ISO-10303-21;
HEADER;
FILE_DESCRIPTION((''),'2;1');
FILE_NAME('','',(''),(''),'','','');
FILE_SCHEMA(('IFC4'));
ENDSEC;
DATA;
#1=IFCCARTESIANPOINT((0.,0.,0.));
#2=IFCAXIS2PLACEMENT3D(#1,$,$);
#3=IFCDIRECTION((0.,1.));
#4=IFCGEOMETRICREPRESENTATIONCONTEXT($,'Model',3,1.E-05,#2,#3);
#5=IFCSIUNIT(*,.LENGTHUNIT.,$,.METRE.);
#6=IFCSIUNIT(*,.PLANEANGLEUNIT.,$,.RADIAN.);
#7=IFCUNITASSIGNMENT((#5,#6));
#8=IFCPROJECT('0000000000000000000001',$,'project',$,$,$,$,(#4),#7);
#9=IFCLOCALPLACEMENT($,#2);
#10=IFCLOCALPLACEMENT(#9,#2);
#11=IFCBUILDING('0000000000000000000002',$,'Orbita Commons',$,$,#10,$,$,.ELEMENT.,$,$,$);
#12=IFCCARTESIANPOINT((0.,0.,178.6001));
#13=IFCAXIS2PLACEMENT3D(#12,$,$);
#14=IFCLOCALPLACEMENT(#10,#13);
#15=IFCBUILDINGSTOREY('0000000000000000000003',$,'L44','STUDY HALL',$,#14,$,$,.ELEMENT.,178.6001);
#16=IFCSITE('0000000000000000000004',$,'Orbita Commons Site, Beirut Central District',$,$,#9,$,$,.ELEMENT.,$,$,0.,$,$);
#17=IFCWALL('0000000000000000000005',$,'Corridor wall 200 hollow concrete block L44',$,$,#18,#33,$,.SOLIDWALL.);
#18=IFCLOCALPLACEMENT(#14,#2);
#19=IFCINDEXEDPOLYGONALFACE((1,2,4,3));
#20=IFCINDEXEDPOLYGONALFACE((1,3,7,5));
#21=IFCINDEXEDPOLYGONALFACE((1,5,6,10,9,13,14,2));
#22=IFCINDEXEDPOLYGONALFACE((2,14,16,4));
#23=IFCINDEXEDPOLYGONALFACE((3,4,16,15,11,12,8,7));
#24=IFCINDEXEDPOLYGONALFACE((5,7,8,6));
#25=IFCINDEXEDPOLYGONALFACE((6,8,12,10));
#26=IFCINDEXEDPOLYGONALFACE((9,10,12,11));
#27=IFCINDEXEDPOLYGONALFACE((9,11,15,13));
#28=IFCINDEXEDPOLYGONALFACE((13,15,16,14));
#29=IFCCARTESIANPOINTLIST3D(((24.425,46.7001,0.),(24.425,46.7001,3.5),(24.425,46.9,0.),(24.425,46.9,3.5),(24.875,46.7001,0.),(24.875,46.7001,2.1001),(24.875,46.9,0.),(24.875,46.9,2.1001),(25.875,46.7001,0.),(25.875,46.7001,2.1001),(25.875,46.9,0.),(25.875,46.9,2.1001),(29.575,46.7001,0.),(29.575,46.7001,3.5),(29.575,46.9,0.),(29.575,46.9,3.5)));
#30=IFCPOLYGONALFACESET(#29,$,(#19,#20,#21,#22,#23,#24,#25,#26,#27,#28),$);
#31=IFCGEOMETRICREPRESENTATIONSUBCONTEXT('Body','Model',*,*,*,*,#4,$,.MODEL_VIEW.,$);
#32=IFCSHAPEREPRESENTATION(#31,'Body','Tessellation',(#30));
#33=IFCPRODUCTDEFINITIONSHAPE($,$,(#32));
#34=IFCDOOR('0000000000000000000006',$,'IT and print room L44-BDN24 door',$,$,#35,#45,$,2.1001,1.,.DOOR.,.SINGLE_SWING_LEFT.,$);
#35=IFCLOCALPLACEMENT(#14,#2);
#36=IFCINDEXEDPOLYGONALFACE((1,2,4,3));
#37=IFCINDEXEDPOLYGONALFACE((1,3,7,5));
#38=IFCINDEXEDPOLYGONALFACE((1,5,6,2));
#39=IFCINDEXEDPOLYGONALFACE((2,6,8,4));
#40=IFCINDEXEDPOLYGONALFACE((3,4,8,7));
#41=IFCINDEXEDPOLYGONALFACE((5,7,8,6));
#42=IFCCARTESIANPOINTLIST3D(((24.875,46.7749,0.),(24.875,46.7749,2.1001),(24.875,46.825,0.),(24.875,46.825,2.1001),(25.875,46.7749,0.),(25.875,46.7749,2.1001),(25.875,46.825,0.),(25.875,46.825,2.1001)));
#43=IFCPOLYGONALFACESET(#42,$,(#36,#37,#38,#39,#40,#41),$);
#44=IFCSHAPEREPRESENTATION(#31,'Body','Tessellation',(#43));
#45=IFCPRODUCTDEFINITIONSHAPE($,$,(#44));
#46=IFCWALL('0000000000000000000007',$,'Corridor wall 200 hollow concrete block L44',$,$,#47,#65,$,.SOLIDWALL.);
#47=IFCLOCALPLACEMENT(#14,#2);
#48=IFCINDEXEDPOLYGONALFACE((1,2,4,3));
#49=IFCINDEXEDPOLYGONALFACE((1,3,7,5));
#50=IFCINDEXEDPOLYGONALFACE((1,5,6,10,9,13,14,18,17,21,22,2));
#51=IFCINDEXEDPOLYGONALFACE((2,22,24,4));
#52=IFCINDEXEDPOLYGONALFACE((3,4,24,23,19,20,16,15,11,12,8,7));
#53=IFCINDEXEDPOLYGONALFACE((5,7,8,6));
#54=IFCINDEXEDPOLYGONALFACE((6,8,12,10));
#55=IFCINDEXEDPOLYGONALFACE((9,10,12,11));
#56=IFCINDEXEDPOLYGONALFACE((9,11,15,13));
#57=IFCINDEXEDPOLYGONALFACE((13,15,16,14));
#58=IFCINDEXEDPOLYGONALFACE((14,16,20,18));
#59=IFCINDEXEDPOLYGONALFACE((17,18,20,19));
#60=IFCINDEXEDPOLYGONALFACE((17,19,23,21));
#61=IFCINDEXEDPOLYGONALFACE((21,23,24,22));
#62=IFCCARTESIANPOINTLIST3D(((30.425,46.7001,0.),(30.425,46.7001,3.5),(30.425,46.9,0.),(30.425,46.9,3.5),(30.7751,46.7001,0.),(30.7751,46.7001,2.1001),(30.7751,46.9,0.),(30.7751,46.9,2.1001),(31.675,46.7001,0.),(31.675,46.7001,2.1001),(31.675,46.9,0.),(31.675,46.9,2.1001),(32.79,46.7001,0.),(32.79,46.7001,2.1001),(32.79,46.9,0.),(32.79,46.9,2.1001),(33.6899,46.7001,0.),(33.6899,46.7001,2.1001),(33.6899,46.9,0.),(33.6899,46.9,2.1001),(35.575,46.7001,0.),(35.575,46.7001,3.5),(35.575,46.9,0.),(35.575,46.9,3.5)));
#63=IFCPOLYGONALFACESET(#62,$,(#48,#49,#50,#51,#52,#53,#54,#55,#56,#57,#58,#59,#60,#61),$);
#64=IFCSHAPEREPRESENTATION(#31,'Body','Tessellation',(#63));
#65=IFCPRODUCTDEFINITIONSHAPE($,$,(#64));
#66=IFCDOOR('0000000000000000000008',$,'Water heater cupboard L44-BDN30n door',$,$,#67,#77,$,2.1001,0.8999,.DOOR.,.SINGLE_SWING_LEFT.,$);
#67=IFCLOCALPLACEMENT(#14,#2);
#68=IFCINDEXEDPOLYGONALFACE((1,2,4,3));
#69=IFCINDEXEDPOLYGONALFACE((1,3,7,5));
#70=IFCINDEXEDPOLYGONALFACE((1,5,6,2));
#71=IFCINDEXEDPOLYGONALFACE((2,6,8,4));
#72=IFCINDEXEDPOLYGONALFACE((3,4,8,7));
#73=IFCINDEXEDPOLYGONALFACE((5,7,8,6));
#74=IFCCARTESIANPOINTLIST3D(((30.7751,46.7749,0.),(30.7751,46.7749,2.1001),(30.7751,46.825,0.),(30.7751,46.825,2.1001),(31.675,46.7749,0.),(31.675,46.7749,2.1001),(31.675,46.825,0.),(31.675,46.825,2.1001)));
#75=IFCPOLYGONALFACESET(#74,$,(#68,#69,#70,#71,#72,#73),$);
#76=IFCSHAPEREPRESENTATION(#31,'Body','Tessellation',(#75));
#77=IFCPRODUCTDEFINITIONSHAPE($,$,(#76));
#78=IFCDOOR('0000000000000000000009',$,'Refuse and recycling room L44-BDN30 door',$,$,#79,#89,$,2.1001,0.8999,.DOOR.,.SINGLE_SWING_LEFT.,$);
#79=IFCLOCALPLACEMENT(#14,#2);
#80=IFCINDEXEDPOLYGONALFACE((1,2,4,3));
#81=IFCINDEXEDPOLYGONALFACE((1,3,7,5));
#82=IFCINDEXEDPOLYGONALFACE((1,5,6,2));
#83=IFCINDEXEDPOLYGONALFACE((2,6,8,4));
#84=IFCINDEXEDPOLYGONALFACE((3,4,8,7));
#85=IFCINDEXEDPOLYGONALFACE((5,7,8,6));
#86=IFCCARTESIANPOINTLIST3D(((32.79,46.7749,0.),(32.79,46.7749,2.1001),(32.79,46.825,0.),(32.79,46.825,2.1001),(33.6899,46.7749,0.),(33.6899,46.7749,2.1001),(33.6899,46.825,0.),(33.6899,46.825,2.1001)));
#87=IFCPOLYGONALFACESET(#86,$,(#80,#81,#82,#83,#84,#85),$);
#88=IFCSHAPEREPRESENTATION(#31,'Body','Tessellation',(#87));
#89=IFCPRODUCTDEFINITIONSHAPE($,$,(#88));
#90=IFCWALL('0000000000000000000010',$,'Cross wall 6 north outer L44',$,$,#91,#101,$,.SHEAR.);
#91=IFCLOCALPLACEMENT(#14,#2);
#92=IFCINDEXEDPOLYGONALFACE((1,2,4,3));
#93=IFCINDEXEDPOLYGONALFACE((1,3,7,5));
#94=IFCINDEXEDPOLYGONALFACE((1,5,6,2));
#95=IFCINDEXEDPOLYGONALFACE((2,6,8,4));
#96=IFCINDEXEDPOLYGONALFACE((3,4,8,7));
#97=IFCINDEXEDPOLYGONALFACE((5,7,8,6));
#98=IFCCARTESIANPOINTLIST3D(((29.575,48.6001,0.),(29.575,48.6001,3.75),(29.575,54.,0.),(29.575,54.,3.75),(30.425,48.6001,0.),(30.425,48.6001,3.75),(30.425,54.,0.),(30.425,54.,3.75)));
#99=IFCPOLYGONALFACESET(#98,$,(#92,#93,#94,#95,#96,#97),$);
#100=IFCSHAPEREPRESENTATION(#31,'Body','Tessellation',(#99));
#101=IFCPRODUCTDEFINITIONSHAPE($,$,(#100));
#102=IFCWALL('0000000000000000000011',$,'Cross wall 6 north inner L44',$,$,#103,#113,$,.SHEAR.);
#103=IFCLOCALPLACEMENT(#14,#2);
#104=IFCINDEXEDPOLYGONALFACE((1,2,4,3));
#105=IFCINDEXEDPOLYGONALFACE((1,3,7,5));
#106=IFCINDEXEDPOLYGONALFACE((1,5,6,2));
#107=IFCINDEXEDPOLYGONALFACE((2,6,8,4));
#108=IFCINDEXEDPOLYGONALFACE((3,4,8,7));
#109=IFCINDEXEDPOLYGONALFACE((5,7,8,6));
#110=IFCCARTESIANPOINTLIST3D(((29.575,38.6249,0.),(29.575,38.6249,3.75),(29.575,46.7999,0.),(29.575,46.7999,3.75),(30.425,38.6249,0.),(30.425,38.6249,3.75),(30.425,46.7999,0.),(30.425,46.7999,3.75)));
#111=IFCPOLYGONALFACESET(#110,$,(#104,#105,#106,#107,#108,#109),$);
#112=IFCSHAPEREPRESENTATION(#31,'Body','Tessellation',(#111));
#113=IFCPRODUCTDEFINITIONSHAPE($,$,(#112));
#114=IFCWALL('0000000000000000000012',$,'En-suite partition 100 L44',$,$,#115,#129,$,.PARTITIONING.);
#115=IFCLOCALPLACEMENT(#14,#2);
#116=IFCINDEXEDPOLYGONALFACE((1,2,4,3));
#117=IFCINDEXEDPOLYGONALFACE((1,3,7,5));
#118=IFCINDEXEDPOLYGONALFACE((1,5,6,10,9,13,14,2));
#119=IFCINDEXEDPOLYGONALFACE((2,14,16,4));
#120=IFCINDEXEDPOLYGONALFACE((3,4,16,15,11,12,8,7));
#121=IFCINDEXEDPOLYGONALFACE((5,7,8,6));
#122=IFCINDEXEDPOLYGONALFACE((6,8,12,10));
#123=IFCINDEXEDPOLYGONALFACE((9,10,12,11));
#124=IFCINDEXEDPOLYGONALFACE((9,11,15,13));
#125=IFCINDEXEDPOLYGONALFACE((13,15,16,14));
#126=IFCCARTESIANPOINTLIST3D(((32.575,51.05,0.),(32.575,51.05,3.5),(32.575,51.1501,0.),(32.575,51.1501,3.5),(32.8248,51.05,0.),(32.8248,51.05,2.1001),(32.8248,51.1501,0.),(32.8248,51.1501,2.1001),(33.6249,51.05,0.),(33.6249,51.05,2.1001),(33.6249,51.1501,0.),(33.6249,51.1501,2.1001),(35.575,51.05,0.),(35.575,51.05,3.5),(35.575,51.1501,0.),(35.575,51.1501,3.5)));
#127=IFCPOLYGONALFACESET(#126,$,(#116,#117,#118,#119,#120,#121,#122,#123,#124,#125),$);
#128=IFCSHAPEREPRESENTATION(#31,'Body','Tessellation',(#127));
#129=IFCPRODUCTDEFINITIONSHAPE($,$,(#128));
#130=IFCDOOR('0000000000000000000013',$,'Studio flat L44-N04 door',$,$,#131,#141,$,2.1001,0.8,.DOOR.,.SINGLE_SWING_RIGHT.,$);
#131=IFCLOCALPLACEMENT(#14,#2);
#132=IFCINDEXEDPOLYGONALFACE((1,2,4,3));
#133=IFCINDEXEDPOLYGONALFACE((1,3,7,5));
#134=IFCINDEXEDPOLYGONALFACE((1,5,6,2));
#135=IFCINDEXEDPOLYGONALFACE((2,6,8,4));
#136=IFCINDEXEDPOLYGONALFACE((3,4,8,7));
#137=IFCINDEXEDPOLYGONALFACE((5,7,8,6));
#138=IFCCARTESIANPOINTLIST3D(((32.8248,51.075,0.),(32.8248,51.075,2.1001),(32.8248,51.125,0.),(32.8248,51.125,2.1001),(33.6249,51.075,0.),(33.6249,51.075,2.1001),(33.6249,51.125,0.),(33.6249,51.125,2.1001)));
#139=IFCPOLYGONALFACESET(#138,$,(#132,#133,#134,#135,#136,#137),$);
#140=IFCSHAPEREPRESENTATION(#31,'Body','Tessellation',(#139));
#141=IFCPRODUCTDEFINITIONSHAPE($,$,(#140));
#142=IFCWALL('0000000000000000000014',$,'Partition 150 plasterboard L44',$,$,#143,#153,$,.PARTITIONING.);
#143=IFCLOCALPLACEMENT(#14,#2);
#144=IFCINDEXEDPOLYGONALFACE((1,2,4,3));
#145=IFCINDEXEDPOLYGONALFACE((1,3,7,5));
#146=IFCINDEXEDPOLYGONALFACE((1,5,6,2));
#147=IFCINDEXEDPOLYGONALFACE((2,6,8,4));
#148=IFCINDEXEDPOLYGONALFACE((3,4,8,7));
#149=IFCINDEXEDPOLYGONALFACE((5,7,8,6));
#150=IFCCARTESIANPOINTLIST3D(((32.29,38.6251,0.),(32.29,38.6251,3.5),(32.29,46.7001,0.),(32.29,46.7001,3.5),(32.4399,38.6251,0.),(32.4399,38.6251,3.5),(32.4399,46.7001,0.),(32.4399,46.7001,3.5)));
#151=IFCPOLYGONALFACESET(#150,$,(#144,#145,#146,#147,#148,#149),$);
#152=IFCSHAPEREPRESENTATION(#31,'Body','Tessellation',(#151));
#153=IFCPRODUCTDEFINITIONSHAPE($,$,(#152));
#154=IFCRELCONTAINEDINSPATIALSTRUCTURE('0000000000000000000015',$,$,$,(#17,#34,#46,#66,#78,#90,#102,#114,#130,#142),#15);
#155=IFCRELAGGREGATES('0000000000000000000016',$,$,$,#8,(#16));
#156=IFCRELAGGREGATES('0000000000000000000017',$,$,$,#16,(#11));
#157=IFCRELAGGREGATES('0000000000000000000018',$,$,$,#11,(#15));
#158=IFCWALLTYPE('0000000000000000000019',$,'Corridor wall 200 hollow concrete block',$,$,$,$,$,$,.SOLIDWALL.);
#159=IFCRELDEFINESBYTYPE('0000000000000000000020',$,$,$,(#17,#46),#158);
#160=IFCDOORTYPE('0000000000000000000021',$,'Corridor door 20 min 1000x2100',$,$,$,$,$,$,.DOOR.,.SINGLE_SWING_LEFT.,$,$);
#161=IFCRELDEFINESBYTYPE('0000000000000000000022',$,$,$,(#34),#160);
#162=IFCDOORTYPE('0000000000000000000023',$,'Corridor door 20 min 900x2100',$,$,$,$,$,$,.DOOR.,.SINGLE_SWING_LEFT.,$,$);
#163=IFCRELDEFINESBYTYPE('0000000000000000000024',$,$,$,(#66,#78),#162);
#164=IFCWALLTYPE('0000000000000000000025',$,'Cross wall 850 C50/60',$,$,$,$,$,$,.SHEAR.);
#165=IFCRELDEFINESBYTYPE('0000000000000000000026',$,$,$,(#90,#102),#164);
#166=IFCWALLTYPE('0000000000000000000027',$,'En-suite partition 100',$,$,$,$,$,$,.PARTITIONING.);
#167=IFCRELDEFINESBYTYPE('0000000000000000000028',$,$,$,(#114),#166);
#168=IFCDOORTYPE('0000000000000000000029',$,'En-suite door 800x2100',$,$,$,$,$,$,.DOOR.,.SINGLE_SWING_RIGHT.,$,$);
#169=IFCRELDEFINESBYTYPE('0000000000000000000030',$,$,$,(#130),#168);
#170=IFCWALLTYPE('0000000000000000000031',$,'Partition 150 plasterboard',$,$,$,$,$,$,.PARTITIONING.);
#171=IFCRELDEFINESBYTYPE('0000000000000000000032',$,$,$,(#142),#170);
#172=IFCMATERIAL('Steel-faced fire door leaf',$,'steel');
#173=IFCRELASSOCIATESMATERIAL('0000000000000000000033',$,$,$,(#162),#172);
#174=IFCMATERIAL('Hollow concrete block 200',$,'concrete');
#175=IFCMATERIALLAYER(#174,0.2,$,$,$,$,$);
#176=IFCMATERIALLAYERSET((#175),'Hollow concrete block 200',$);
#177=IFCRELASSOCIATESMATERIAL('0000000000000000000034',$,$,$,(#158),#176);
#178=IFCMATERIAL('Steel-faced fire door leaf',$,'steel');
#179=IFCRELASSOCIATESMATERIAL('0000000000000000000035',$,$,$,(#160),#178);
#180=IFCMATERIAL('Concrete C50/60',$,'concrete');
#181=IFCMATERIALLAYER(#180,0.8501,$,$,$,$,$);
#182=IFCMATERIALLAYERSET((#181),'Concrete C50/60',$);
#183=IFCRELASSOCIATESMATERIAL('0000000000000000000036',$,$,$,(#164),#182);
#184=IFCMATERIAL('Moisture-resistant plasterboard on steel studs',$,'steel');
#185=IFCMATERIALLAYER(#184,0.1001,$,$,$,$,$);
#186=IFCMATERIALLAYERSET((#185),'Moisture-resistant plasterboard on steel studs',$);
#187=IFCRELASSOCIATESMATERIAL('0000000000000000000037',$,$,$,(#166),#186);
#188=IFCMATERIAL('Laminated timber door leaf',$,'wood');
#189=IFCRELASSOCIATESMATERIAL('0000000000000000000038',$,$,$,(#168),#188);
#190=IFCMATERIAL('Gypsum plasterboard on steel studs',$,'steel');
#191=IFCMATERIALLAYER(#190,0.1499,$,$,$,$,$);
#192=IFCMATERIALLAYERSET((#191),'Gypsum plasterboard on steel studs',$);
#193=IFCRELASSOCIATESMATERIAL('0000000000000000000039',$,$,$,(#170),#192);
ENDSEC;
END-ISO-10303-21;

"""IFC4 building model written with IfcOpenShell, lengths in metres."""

from ifc_helpers import new_model, si_unit, direction, frame, frame_2d, origin, place, context, subcontext, project, spatial, rectangle, extrude, material, layer, layer_set, type_object, element, fill, save


model = new_model("IFC4")

# Units and contexts
model_context = context("Model", 3, precision=1e-05, world=origin(), true_north=direction((0.0, 1.0)))
body_context = subcontext(model_context, "Body", "Model", "MODEL_VIEW")
ifc_project = project(units=[si_unit("LENGTHUNIT", "METRE"), si_unit("PLANEANGLEUNIT", "RADIAN")], contexts=[model_context])

# Site, building, storey
site_placement = place(None, origin())
site = spatial("IfcSite", under=ifc_project, at=site_placement, Name="Orbita Commons Site, Beirut Central District", CompositionType="ELEMENT", RefElevation=0.0)
building_placement = place(site_placement, origin())
building = spatial("IfcBuilding", under=site, at=building_placement, Name="Orbita Commons", CompositionType="ELEMENT")
storey_placement = place(building_placement, frame((0.0, 0.0, 178.6001)))
storey = spatial("IfcBuildingStorey", under=building, at=storey_placement, Name="L44", Description="STUDY HALL", CompositionType="ELEMENT", Elevation=178.6001)

# Wall, opening, door
ifc_material_1 = material(Name="Steel-faced fire door leaf", Category="steel")
door_type_1 = type_object("IfcDoorType", Name="Corridor door 20 min 900x2100", OperationType="SINGLE_SWING_LEFT", PredefinedType="DOOR", material=ifc_material_1)
ifc_material_2 = material(Name="Hollow concrete block 200", Category="concrete")
ifc_layer_1 = layer(ifc_material_2, 0.2)
ifc_layer_set_1 = layer_set([ifc_layer_1], Name="Hollow concrete block 200")
wall_type_1 = type_object("IfcWallType", Name="Corridor wall 200 hollow concrete block", PredefinedType="SOLIDWALL", material=ifc_layer_set_1)
wall_1_placement = place(storey_placement, frame((24.425, 46.8, 0.0), z_axis=(0.0, 0.0, 1.0), x_axis=(1.0, 0.0, 0.0)))
wall_1 = element("IfcWall", 1, at=wall_1_placement, inside=storey, type_object=wall_type_1, Name="Corridor wall 200 hollow concrete block L44", PredefinedType="SOLIDWALL", context=body_context, shape_type="SweptSolid", body=[
    extrude(rectangle(XDim=5.1499, YDim=0.2, at=frame_2d((2.575, 0.0))), origin(), (0.0, 0.0, 1.0), 3.5),
])
opening_1_placement = place(wall_1_placement, frame((0.45, 0.0, 0.0)))
opening_1 = element("IfcOpeningElement", 2, at=opening_1_placement, cuts=wall_1, PredefinedType="OPENING", context=body_context, shape_type="SweptSolid", body=[
    extrude(rectangle(XDim=1.0, YDim=2.1001, at=frame_2d((0.5, 1.05))), frame((0.0, 0.1099, 0.0), z_axis=(0.0, -1.0, 0.0), x_axis=(1.0, 0.0, 0.0)), (0.0, 0.0, 1.0), 0.22),
])
ifc_material_3 = material(Name="Steel-faced fire door leaf", Category="steel")
door_type_2 = type_object("IfcDoorType", Name="Corridor door 20 min 1000x2100", OperationType="SINGLE_SWING_LEFT", PredefinedType="DOOR", material=ifc_material_3)
door_1_placement = place(opening_1_placement, origin())
door_1 = element("IfcDoor", 3, at=door_1_placement, inside=storey, type_object=door_type_2, Name="IT and print room L44-BDN24 door", OperationType="SINGLE_SWING_LEFT", OverallHeight=2.1001, OverallWidth=1.0, PredefinedType="DOOR", context=body_context, shape_type="SweptSolid", body=[
    extrude(rectangle(XDim=1.0, YDim=2.1001, at=frame_2d((0.5, 1.05))), frame((0.0, 0.0249, 0.0), z_axis=(0.0, -1.0, 0.0), x_axis=(1.0, 0.0, 0.0)), (0.0, 0.0, 1.0), 0.05),
])
fill(opening_1, door_1)

# Wall, openings, doors
wall_2_placement = place(storey_placement, frame((30.425, 46.8, 0.0), z_axis=(0.0, 0.0, 1.0), x_axis=(1.0, 0.0, 0.0)))
wall_2 = element("IfcWall", 4, at=wall_2_placement, inside=storey, type_object=wall_type_1, Name="Corridor wall 200 hollow concrete block L44", PredefinedType="SOLIDWALL", context=body_context, shape_type="SweptSolid", body=[
    extrude(rectangle(XDim=5.1499, YDim=0.2, at=frame_2d((2.575, 0.0))), origin(), (0.0, 0.0, 1.0), 3.5),
])
opening_2_placement = place(wall_2_placement, frame((0.3501, 0.0, 0.0)))
opening_2 = element("IfcOpeningElement", 5, at=opening_2_placement, cuts=wall_2, PredefinedType="OPENING", context=body_context, shape_type="SweptSolid", body=[
    extrude(rectangle(XDim=0.8999, YDim=2.1001, at=frame_2d((0.45, 1.05))), frame((0.0, 0.1099, 0.0), z_axis=(0.0, -1.0, 0.0), x_axis=(1.0, 0.0, 0.0)), (0.0, 0.0, 1.0), 0.22),
])
opening_3_placement = place(wall_2_placement, frame((2.365, 0.0, 0.0)))
opening_3 = element("IfcOpeningElement", 6, at=opening_3_placement, cuts=wall_2, PredefinedType="OPENING", context=body_context, shape_type="SweptSolid", body=[
    extrude(rectangle(XDim=0.8999, YDim=2.1001, at=frame_2d((0.45, 1.05))), frame((0.0, 0.1099, 0.0), z_axis=(0.0, -1.0, 0.0), x_axis=(1.0, 0.0, 0.0)), (0.0, 0.0, 1.0), 0.22),
])
door_2_placement = place(opening_2_placement, origin())
door_2 = element("IfcDoor", 7, at=door_2_placement, inside=storey, type_object=door_type_1, Name="Water heater cupboard L44-BDN30n door", OperationType="SINGLE_SWING_LEFT", OverallHeight=2.1001, OverallWidth=0.8999, PredefinedType="DOOR", context=body_context, shape_type="SweptSolid", body=[
    extrude(rectangle(XDim=0.8999, YDim=2.1001, at=frame_2d((0.45, 1.05))), frame((0.0, 0.0249, 0.0), z_axis=(0.0, -1.0, 0.0), x_axis=(1.0, 0.0, 0.0)), (0.0, 0.0, 1.0), 0.05),
])
fill(opening_2, door_2)
door_3_placement = place(opening_3_placement, origin())
door_3 = element("IfcDoor", 8, at=door_3_placement, inside=storey, type_object=door_type_1, Name="Refuse and recycling room L44-BDN30 door", OperationType="SINGLE_SWING_LEFT", OverallHeight=2.1001, OverallWidth=0.8999, PredefinedType="DOOR", context=body_context, shape_type="SweptSolid", body=[
    extrude(rectangle(XDim=0.8999, YDim=2.1001, at=frame_2d((0.45, 1.05))), frame((0.0, 0.0249, 0.0), z_axis=(0.0, -1.0, 0.0), x_axis=(1.0, 0.0, 0.0)), (0.0, 0.0, 1.0), 0.05),
])
fill(opening_3, door_3)

# Walls
ifc_material_4 = material(Name="Concrete C50/60", Category="concrete")
ifc_layer_2 = layer(ifc_material_4, 0.8501)
ifc_layer_set_2 = layer_set([ifc_layer_2], Name="Concrete C50/60")
wall_type_2 = type_object("IfcWallType", Name="Cross wall 850 C50/60", PredefinedType="SHEAR", material=ifc_layer_set_2)
wall_3_placement = place(storey_placement, frame((30.0, 48.6001, 0.0), z_axis=(0.0, 0.0, 1.0), x_axis=(0.0, 1.0, 0.0)))
element("IfcWall", 9, at=wall_3_placement, inside=storey, type_object=wall_type_2, Name="Cross wall 6 north outer L44", PredefinedType="SHEAR", context=body_context, shape_type="SweptSolid", body=[
    extrude(rectangle(XDim=5.3999, YDim=0.8501, at=frame_2d((2.7, 0.0))), origin(), (0.0, 0.0, 1.0), 3.75),
])
wall_4_placement = place(storey_placement, frame((30.0, 38.625, 0.0), z_axis=(0.0, 0.0, 1.0), x_axis=(0.0, 1.0, 0.0)))
element("IfcWall", 10, at=wall_4_placement, inside=storey, type_object=wall_type_2, Name="Cross wall 6 north inner L44", PredefinedType="SHEAR", context=body_context, shape_type="SweptSolid", body=[
    extrude(rectangle(XDim=8.175, YDim=0.8501, at=frame_2d((4.0874, 0.0))), origin(), (0.0, 0.0, 1.0), 3.75),
])

# Wall, opening, door
ifc_material_5 = material(Name="Moisture-resistant plasterboard on steel studs", Category="steel")
ifc_layer_3 = layer(ifc_material_5, 0.1001)
ifc_layer_set_3 = layer_set([ifc_layer_3], Name="Moisture-resistant plasterboard on steel studs")
wall_type_3 = type_object("IfcWallType", Name="En-suite partition 100", PredefinedType="PARTITIONING", material=ifc_layer_set_3)
wall_5_placement = place(storey_placement, frame((32.575, 51.1001, 0.0), z_axis=(0.0, 0.0, 1.0), x_axis=(1.0, 0.0, 0.0)))
wall_5 = element("IfcWall", 11, at=wall_5_placement, inside=storey, type_object=wall_type_3, Name="En-suite partition 100 L44", PredefinedType="PARTITIONING", context=body_context, shape_type="SweptSolid", body=[
    extrude(rectangle(XDim=3.0, YDim=0.1001, at=frame_2d((1.5, 0.0))), origin(), (0.0, 0.0, 1.0), 3.5),
])
opening_4_placement = place(wall_5_placement, frame((0.25, 0.0, 0.0)))
opening_4 = element("IfcOpeningElement", 12, at=opening_4_placement, cuts=wall_5, PredefinedType="OPENING", context=body_context, shape_type="SweptSolid", body=[
    extrude(rectangle(XDim=0.8, YDim=2.1001, at=frame_2d((0.3999, 1.05))), frame((0.0, 0.0601, 0.0), z_axis=(0.0, -1.0, 0.0), x_axis=(1.0, 0.0, 0.0)), (0.0, 0.0, 1.0), 0.1201),
])
ifc_material_6 = material(Name="Laminated timber door leaf", Category="wood")
door_type_3 = type_object("IfcDoorType", Name="En-suite door 800x2100", OperationType="SINGLE_SWING_RIGHT", PredefinedType="DOOR", material=ifc_material_6)
door_4_placement = place(opening_4_placement, origin())
door_4 = element("IfcDoor", 13, at=door_4_placement, inside=storey, type_object=door_type_3, Name="Studio flat L44-N04 door", OperationType="SINGLE_SWING_RIGHT", OverallHeight=2.1001, OverallWidth=0.8, PredefinedType="DOOR", context=body_context, shape_type="SweptSolid", body=[
    extrude(rectangle(XDim=0.8, YDim=2.1001, at=frame_2d((0.3999, 1.05))), frame((0.0, 0.0249, 0.0), z_axis=(0.0, -1.0, 0.0), x_axis=(1.0, 0.0, 0.0)), (0.0, 0.0, 1.0), 0.05),
])
fill(opening_4, door_4)

# Wall
ifc_material_7 = material(Name="Gypsum plasterboard on steel studs", Category="steel")
ifc_layer_4 = layer(ifc_material_7, 0.1499)
ifc_layer_set_4 = layer_set([ifc_layer_4], Name="Gypsum plasterboard on steel studs")
wall_type_4 = type_object("IfcWallType", Name="Partition 150 plasterboard", PredefinedType="PARTITIONING", material=ifc_layer_set_4)
wall_6_placement = place(storey_placement, frame((32.365, 38.625, 0.0), z_axis=(0.0, 0.0, 1.0), x_axis=(0.0, 1.0, 0.0)))
element("IfcWall", 14, at=wall_6_placement, inside=storey, type_object=wall_type_4, Name="Partition 150 plasterboard L44", PredefinedType="PARTITIONING", context=body_context, shape_type="SweptSolid", body=[
    extrude(rectangle(XDim=8.075, YDim=0.1499, at=frame_2d((4.0376, 0.0))), origin(), (0.0, 0.0, 1.0), 3.5),
])

save(model, "model.ifc")
